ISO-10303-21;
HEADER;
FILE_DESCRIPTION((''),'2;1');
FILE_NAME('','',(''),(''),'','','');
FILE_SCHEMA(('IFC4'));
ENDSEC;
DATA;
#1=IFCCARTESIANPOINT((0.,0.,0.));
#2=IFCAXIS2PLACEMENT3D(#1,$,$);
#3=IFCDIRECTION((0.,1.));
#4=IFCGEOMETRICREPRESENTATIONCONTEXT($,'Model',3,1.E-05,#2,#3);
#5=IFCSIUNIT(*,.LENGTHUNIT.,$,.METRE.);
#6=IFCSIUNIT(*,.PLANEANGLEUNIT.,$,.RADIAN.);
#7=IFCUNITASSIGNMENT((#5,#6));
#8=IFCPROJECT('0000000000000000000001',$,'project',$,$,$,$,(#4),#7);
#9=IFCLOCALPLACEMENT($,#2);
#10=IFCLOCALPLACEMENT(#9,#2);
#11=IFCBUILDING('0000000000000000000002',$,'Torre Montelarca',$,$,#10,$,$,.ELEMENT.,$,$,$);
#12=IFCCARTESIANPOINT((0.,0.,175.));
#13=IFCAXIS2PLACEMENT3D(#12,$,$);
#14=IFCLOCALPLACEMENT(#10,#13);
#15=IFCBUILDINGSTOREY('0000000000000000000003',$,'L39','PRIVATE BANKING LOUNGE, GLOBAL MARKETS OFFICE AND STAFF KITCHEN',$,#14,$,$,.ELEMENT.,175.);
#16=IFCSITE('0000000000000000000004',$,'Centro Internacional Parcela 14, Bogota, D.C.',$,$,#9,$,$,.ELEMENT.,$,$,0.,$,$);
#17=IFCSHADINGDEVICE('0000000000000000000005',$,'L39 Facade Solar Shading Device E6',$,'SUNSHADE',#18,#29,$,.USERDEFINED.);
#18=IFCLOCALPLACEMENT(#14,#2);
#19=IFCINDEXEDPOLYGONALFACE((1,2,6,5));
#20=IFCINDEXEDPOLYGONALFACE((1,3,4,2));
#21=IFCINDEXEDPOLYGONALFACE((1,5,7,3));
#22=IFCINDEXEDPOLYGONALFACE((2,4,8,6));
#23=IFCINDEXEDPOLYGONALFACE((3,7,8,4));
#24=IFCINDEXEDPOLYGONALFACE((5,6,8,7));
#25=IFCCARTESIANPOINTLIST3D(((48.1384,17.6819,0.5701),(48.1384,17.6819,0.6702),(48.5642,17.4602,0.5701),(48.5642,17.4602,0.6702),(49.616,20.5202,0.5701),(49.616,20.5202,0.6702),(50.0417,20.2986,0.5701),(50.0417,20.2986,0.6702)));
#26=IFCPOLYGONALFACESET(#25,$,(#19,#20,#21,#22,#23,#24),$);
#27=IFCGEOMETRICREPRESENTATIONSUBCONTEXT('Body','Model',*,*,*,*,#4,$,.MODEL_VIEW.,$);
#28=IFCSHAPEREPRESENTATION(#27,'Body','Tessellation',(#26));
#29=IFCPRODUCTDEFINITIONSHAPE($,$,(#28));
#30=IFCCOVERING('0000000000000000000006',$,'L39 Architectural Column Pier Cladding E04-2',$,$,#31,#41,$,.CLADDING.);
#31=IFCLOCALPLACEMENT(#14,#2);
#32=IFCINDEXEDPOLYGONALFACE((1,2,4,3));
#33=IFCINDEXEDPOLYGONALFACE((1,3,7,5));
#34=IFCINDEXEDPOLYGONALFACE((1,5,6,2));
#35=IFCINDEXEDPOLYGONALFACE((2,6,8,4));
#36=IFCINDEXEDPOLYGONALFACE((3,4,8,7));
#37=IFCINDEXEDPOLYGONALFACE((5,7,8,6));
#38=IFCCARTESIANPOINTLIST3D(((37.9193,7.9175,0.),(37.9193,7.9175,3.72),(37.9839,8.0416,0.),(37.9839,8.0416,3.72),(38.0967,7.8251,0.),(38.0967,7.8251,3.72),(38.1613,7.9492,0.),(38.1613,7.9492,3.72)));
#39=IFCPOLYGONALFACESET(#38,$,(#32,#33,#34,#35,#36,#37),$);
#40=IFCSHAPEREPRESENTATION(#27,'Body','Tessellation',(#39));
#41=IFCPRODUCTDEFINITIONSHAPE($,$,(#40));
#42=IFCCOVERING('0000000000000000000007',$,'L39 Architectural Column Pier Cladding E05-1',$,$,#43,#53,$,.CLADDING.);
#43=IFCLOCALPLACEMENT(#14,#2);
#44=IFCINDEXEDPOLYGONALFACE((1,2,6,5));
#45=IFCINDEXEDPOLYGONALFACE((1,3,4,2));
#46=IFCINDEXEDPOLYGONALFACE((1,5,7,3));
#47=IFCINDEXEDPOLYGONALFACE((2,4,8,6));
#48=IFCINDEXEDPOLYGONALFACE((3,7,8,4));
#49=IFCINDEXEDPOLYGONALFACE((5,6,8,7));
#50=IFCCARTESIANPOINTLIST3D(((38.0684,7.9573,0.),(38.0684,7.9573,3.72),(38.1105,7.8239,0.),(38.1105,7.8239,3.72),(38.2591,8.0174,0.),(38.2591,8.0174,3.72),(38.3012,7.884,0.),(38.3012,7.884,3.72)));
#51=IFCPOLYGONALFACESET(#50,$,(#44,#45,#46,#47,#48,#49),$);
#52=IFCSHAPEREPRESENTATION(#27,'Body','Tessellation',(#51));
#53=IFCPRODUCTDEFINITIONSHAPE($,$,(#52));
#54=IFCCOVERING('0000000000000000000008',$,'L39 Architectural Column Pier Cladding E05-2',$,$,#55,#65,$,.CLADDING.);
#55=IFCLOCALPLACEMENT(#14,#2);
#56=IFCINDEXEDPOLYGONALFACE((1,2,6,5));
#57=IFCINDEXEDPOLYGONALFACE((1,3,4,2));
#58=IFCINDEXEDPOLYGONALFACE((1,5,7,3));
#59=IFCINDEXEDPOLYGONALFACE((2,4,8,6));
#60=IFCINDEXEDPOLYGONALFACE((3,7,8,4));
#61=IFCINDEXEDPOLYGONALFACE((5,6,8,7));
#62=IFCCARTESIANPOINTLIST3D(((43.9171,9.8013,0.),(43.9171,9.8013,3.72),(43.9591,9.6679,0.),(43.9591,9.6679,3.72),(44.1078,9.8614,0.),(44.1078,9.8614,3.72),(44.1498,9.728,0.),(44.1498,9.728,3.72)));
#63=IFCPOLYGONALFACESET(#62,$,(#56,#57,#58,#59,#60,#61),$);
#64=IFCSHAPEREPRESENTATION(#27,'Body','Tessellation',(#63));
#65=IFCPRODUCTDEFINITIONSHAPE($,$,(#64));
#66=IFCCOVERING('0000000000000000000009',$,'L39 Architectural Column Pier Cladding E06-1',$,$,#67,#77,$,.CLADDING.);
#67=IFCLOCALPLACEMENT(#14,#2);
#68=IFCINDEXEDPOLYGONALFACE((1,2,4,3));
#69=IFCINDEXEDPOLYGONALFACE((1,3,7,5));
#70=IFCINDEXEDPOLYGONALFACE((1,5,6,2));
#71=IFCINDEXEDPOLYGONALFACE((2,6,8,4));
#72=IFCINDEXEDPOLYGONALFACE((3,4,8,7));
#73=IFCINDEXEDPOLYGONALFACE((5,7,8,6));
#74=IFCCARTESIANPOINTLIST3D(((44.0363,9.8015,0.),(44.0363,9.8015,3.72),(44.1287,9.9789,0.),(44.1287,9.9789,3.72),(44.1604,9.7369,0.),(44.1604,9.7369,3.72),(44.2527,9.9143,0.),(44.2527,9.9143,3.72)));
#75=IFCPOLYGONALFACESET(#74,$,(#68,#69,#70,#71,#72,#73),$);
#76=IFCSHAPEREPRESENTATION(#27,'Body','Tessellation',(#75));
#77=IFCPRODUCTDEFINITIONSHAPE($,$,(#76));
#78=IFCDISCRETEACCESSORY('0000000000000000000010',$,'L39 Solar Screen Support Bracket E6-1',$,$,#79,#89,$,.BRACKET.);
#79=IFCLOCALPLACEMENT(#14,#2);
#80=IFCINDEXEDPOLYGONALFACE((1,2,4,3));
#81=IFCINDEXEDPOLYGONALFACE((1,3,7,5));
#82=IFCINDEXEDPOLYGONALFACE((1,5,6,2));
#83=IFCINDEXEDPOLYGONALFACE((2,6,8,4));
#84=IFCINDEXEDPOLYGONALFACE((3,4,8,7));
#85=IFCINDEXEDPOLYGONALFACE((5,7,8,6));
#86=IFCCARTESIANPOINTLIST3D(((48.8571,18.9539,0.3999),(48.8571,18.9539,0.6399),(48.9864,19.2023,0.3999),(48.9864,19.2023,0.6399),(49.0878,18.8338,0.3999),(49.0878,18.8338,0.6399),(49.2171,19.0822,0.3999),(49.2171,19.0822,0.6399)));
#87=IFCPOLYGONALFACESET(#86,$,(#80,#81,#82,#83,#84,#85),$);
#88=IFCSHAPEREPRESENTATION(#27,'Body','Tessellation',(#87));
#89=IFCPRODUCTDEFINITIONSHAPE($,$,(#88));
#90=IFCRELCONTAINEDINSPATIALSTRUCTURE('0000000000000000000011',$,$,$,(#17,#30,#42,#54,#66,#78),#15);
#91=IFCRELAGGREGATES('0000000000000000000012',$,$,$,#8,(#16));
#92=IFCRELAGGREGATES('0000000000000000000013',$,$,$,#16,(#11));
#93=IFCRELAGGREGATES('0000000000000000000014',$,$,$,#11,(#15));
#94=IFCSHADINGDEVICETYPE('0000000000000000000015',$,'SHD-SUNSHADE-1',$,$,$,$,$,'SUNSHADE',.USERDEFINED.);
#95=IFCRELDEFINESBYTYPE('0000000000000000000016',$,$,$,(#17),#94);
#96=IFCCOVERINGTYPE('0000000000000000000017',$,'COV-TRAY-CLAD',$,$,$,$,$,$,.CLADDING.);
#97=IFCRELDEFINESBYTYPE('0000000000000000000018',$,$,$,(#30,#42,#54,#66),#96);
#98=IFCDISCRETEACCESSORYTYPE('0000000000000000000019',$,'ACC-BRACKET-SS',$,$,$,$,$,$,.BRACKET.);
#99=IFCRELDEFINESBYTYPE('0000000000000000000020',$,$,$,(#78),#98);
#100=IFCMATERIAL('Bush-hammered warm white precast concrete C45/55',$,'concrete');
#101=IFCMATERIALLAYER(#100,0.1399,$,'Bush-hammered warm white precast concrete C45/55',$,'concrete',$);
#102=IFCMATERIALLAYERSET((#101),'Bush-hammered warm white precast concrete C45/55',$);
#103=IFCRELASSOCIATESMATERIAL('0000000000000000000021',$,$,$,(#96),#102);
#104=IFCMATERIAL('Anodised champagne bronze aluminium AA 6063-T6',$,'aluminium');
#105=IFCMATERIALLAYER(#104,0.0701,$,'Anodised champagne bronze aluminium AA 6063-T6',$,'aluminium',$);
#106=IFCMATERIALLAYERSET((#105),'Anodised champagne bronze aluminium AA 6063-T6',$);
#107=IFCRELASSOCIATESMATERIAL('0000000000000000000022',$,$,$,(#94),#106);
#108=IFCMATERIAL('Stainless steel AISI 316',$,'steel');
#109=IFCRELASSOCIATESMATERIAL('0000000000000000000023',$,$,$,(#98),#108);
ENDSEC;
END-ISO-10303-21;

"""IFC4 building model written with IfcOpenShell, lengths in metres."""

from ifc_helpers import new_model, si_unit, direction, frame, origin, origin_2d, place, context, subcontext, project, spatial, rectangle, extrude, source, transform, mapped, material, layer, layer_set, type_object, element, save


model = new_model("IFC4")

# Units and contexts
model_context = context("Model", 3, precision=1e-05, world=origin(), true_north=direction((0.0, 1.0)))
body_context = subcontext(model_context, "Body", "Model", "MODEL_VIEW")
ifc_project = project(units=[si_unit("LENGTHUNIT", "METRE"), si_unit("PLANEANGLEUNIT", "RADIAN")], contexts=[model_context])

# Site, building, storey
site_placement = place(None, origin())
site = spatial("IfcSite", under=ifc_project, at=site_placement, Name="Centro Internacional Parcela 14, Bogota, D.C.", CompositionType="ELEMENT", RefElevation=0.0)
building_placement = place(site_placement, origin())
building = spatial("IfcBuilding", under=site, at=building_placement, Name="Torre Montelarca", CompositionType="ELEMENT")
storey_placement = place(building_placement, frame((0.0, 0.0, 175.0)))
storey = spatial("IfcBuildingStorey", under=building, at=storey_placement, Name="L39", Description="PRIVATE BANKING LOUNGE, GLOBAL MARKETS OFFICE AND STAFF KITCHEN", CompositionType="ELEMENT", Elevation=175.0)

# Shared definitions
ifc_material_1 = material(Name="Bush-hammered warm white precast concrete C45/55", Category="concrete")
ifc_layer_1 = layer(ifc_material_1, 0.1399, Name="Bush-hammered warm white precast concrete C45/55", Category="concrete")
ifc_layer_set_1 = layer_set([ifc_layer_1], Name="Bush-hammered warm white precast concrete C45/55")
covering_type = type_object("IfcCoveringType", Name="COV-TRAY-CLAD", PredefinedType="CLADDING", material=ifc_layer_set_1)

# Shading device
ifc_material_2 = material(Name="Anodised champagne bronze aluminium AA 6063-T6", Category="aluminium")
ifc_layer_2 = layer(ifc_material_2, 0.0701, Name="Anodised champagne bronze aluminium AA 6063-T6", Category="aluminium")
ifc_layer_set_2 = layer_set([ifc_layer_2], Name="Anodised champagne bronze aluminium AA 6063-T6")
shading_device_type = type_object("IfcShadingDeviceType", Name="SHD-SUNSHADE-1", ElementType="SUNSHADE", PredefinedType="USERDEFINED", material=ifc_layer_set_2)
shared_shape_1 = source(origin(), body_context, "Body", "SweptSolid", [
    extrude(rectangle(XDim=3.2, YDim=0.48, at=origin_2d()), origin(), (0.0, 0.0, 1.0), 0.1001),
])
shading_device_placement = place(storey_placement, frame((49.0901, 18.9902, 0.5701), z_axis=(0.0, 0.0, 1.0), x_axis=(0.461747, 0.887012, 0.0)))
element("IfcShadingDevice", 1, at=shading_device_placement, inside=storey, type_object=shading_device_type, Name="L39 Facade Solar Shading Device E6", ObjectType="SUNSHADE", PredefinedType="USERDEFINED", context=body_context, shape_type="MappedRepresentation", body=[
    mapped(shared_shape_1, transform((0.0, 0.0, 0.0), scale=1.0)),
])

# Coverings
shared_shape_2 = source(origin(), body_context, "Body", "SweptSolid", [
    extrude(rectangle(XDim=0.2, YDim=0.1399, at=origin_2d()), origin(), (0.0, 0.0, 1.0), 3.72),
])
for number, where, z_axis, x_axis, name in (
    (2, (38.0403, 7.9333, 0.0), (0.0, 0.0, 1.0), (0.887012, -0.461747, 0.0), "L39 Architectural Column Pier Cladding E04-2"),
    (3, (38.1848, 7.9207, 0.0), (0.0, 0.0, 1.0), (0.953723, 0.300686, 0.0), "L39 Architectural Column Pier Cladding E05-1"),
    (4, (44.0334, 9.7646, 0.0), (0.0, 0.0, 1.0), (0.953723, 0.300686, 0.0), "L39 Architectural Column Pier Cladding E05-2"),
    (5, (44.1445, 9.8579, 0.0), (0.0, 0.0, 1.0), (0.461744, 0.887013, 0.0), "L39 Architectural Column Pier Cladding E06-1"),
):
    element("IfcCovering", number, at=place(storey_placement, frame(where, z_axis=z_axis, x_axis=x_axis)), inside=storey, type_object=covering_type, Name=name, PredefinedType="CLADDING", context=body_context, shape_type="MappedRepresentation", body=[
        mapped(shared_shape_2, transform((0.0, 0.0, 0.0), scale=1.0)),
    ])

# Discrete accessory
ifc_material_3 = material(Name="Stainless steel AISI 316", Category="steel")
discrete_accessory_type = type_object("IfcDiscreteAccessoryType", Name="ACC-BRACKET-SS", PredefinedType="BRACKET", material=ifc_material_3)
shared_shape_3 = source(origin(), body_context, "Body", "SweptSolid", [
    extrude(rectangle(XDim=0.28, YDim=0.26, at=origin_2d()), origin(), (0.0, 0.0, 1.0), 0.24),
])
discrete_accessory_placement = place(storey_placement, frame((49.0371, 19.0181, 0.3999), z_axis=(0.0, 0.0, 1.0), x_axis=(0.461747, 0.887012, 0.0)))
element("IfcDiscreteAccessory", 6, at=discrete_accessory_placement, inside=storey, type_object=discrete_accessory_type, Name="L39 Solar Screen Support Bracket E6-1", PredefinedType="BRACKET", context=body_context, shape_type="MappedRepresentation", body=[
    mapped(shared_shape_3, transform((0.0, 0.0, 0.0), scale=1.0)),
])

save(model, "model.ifc")
